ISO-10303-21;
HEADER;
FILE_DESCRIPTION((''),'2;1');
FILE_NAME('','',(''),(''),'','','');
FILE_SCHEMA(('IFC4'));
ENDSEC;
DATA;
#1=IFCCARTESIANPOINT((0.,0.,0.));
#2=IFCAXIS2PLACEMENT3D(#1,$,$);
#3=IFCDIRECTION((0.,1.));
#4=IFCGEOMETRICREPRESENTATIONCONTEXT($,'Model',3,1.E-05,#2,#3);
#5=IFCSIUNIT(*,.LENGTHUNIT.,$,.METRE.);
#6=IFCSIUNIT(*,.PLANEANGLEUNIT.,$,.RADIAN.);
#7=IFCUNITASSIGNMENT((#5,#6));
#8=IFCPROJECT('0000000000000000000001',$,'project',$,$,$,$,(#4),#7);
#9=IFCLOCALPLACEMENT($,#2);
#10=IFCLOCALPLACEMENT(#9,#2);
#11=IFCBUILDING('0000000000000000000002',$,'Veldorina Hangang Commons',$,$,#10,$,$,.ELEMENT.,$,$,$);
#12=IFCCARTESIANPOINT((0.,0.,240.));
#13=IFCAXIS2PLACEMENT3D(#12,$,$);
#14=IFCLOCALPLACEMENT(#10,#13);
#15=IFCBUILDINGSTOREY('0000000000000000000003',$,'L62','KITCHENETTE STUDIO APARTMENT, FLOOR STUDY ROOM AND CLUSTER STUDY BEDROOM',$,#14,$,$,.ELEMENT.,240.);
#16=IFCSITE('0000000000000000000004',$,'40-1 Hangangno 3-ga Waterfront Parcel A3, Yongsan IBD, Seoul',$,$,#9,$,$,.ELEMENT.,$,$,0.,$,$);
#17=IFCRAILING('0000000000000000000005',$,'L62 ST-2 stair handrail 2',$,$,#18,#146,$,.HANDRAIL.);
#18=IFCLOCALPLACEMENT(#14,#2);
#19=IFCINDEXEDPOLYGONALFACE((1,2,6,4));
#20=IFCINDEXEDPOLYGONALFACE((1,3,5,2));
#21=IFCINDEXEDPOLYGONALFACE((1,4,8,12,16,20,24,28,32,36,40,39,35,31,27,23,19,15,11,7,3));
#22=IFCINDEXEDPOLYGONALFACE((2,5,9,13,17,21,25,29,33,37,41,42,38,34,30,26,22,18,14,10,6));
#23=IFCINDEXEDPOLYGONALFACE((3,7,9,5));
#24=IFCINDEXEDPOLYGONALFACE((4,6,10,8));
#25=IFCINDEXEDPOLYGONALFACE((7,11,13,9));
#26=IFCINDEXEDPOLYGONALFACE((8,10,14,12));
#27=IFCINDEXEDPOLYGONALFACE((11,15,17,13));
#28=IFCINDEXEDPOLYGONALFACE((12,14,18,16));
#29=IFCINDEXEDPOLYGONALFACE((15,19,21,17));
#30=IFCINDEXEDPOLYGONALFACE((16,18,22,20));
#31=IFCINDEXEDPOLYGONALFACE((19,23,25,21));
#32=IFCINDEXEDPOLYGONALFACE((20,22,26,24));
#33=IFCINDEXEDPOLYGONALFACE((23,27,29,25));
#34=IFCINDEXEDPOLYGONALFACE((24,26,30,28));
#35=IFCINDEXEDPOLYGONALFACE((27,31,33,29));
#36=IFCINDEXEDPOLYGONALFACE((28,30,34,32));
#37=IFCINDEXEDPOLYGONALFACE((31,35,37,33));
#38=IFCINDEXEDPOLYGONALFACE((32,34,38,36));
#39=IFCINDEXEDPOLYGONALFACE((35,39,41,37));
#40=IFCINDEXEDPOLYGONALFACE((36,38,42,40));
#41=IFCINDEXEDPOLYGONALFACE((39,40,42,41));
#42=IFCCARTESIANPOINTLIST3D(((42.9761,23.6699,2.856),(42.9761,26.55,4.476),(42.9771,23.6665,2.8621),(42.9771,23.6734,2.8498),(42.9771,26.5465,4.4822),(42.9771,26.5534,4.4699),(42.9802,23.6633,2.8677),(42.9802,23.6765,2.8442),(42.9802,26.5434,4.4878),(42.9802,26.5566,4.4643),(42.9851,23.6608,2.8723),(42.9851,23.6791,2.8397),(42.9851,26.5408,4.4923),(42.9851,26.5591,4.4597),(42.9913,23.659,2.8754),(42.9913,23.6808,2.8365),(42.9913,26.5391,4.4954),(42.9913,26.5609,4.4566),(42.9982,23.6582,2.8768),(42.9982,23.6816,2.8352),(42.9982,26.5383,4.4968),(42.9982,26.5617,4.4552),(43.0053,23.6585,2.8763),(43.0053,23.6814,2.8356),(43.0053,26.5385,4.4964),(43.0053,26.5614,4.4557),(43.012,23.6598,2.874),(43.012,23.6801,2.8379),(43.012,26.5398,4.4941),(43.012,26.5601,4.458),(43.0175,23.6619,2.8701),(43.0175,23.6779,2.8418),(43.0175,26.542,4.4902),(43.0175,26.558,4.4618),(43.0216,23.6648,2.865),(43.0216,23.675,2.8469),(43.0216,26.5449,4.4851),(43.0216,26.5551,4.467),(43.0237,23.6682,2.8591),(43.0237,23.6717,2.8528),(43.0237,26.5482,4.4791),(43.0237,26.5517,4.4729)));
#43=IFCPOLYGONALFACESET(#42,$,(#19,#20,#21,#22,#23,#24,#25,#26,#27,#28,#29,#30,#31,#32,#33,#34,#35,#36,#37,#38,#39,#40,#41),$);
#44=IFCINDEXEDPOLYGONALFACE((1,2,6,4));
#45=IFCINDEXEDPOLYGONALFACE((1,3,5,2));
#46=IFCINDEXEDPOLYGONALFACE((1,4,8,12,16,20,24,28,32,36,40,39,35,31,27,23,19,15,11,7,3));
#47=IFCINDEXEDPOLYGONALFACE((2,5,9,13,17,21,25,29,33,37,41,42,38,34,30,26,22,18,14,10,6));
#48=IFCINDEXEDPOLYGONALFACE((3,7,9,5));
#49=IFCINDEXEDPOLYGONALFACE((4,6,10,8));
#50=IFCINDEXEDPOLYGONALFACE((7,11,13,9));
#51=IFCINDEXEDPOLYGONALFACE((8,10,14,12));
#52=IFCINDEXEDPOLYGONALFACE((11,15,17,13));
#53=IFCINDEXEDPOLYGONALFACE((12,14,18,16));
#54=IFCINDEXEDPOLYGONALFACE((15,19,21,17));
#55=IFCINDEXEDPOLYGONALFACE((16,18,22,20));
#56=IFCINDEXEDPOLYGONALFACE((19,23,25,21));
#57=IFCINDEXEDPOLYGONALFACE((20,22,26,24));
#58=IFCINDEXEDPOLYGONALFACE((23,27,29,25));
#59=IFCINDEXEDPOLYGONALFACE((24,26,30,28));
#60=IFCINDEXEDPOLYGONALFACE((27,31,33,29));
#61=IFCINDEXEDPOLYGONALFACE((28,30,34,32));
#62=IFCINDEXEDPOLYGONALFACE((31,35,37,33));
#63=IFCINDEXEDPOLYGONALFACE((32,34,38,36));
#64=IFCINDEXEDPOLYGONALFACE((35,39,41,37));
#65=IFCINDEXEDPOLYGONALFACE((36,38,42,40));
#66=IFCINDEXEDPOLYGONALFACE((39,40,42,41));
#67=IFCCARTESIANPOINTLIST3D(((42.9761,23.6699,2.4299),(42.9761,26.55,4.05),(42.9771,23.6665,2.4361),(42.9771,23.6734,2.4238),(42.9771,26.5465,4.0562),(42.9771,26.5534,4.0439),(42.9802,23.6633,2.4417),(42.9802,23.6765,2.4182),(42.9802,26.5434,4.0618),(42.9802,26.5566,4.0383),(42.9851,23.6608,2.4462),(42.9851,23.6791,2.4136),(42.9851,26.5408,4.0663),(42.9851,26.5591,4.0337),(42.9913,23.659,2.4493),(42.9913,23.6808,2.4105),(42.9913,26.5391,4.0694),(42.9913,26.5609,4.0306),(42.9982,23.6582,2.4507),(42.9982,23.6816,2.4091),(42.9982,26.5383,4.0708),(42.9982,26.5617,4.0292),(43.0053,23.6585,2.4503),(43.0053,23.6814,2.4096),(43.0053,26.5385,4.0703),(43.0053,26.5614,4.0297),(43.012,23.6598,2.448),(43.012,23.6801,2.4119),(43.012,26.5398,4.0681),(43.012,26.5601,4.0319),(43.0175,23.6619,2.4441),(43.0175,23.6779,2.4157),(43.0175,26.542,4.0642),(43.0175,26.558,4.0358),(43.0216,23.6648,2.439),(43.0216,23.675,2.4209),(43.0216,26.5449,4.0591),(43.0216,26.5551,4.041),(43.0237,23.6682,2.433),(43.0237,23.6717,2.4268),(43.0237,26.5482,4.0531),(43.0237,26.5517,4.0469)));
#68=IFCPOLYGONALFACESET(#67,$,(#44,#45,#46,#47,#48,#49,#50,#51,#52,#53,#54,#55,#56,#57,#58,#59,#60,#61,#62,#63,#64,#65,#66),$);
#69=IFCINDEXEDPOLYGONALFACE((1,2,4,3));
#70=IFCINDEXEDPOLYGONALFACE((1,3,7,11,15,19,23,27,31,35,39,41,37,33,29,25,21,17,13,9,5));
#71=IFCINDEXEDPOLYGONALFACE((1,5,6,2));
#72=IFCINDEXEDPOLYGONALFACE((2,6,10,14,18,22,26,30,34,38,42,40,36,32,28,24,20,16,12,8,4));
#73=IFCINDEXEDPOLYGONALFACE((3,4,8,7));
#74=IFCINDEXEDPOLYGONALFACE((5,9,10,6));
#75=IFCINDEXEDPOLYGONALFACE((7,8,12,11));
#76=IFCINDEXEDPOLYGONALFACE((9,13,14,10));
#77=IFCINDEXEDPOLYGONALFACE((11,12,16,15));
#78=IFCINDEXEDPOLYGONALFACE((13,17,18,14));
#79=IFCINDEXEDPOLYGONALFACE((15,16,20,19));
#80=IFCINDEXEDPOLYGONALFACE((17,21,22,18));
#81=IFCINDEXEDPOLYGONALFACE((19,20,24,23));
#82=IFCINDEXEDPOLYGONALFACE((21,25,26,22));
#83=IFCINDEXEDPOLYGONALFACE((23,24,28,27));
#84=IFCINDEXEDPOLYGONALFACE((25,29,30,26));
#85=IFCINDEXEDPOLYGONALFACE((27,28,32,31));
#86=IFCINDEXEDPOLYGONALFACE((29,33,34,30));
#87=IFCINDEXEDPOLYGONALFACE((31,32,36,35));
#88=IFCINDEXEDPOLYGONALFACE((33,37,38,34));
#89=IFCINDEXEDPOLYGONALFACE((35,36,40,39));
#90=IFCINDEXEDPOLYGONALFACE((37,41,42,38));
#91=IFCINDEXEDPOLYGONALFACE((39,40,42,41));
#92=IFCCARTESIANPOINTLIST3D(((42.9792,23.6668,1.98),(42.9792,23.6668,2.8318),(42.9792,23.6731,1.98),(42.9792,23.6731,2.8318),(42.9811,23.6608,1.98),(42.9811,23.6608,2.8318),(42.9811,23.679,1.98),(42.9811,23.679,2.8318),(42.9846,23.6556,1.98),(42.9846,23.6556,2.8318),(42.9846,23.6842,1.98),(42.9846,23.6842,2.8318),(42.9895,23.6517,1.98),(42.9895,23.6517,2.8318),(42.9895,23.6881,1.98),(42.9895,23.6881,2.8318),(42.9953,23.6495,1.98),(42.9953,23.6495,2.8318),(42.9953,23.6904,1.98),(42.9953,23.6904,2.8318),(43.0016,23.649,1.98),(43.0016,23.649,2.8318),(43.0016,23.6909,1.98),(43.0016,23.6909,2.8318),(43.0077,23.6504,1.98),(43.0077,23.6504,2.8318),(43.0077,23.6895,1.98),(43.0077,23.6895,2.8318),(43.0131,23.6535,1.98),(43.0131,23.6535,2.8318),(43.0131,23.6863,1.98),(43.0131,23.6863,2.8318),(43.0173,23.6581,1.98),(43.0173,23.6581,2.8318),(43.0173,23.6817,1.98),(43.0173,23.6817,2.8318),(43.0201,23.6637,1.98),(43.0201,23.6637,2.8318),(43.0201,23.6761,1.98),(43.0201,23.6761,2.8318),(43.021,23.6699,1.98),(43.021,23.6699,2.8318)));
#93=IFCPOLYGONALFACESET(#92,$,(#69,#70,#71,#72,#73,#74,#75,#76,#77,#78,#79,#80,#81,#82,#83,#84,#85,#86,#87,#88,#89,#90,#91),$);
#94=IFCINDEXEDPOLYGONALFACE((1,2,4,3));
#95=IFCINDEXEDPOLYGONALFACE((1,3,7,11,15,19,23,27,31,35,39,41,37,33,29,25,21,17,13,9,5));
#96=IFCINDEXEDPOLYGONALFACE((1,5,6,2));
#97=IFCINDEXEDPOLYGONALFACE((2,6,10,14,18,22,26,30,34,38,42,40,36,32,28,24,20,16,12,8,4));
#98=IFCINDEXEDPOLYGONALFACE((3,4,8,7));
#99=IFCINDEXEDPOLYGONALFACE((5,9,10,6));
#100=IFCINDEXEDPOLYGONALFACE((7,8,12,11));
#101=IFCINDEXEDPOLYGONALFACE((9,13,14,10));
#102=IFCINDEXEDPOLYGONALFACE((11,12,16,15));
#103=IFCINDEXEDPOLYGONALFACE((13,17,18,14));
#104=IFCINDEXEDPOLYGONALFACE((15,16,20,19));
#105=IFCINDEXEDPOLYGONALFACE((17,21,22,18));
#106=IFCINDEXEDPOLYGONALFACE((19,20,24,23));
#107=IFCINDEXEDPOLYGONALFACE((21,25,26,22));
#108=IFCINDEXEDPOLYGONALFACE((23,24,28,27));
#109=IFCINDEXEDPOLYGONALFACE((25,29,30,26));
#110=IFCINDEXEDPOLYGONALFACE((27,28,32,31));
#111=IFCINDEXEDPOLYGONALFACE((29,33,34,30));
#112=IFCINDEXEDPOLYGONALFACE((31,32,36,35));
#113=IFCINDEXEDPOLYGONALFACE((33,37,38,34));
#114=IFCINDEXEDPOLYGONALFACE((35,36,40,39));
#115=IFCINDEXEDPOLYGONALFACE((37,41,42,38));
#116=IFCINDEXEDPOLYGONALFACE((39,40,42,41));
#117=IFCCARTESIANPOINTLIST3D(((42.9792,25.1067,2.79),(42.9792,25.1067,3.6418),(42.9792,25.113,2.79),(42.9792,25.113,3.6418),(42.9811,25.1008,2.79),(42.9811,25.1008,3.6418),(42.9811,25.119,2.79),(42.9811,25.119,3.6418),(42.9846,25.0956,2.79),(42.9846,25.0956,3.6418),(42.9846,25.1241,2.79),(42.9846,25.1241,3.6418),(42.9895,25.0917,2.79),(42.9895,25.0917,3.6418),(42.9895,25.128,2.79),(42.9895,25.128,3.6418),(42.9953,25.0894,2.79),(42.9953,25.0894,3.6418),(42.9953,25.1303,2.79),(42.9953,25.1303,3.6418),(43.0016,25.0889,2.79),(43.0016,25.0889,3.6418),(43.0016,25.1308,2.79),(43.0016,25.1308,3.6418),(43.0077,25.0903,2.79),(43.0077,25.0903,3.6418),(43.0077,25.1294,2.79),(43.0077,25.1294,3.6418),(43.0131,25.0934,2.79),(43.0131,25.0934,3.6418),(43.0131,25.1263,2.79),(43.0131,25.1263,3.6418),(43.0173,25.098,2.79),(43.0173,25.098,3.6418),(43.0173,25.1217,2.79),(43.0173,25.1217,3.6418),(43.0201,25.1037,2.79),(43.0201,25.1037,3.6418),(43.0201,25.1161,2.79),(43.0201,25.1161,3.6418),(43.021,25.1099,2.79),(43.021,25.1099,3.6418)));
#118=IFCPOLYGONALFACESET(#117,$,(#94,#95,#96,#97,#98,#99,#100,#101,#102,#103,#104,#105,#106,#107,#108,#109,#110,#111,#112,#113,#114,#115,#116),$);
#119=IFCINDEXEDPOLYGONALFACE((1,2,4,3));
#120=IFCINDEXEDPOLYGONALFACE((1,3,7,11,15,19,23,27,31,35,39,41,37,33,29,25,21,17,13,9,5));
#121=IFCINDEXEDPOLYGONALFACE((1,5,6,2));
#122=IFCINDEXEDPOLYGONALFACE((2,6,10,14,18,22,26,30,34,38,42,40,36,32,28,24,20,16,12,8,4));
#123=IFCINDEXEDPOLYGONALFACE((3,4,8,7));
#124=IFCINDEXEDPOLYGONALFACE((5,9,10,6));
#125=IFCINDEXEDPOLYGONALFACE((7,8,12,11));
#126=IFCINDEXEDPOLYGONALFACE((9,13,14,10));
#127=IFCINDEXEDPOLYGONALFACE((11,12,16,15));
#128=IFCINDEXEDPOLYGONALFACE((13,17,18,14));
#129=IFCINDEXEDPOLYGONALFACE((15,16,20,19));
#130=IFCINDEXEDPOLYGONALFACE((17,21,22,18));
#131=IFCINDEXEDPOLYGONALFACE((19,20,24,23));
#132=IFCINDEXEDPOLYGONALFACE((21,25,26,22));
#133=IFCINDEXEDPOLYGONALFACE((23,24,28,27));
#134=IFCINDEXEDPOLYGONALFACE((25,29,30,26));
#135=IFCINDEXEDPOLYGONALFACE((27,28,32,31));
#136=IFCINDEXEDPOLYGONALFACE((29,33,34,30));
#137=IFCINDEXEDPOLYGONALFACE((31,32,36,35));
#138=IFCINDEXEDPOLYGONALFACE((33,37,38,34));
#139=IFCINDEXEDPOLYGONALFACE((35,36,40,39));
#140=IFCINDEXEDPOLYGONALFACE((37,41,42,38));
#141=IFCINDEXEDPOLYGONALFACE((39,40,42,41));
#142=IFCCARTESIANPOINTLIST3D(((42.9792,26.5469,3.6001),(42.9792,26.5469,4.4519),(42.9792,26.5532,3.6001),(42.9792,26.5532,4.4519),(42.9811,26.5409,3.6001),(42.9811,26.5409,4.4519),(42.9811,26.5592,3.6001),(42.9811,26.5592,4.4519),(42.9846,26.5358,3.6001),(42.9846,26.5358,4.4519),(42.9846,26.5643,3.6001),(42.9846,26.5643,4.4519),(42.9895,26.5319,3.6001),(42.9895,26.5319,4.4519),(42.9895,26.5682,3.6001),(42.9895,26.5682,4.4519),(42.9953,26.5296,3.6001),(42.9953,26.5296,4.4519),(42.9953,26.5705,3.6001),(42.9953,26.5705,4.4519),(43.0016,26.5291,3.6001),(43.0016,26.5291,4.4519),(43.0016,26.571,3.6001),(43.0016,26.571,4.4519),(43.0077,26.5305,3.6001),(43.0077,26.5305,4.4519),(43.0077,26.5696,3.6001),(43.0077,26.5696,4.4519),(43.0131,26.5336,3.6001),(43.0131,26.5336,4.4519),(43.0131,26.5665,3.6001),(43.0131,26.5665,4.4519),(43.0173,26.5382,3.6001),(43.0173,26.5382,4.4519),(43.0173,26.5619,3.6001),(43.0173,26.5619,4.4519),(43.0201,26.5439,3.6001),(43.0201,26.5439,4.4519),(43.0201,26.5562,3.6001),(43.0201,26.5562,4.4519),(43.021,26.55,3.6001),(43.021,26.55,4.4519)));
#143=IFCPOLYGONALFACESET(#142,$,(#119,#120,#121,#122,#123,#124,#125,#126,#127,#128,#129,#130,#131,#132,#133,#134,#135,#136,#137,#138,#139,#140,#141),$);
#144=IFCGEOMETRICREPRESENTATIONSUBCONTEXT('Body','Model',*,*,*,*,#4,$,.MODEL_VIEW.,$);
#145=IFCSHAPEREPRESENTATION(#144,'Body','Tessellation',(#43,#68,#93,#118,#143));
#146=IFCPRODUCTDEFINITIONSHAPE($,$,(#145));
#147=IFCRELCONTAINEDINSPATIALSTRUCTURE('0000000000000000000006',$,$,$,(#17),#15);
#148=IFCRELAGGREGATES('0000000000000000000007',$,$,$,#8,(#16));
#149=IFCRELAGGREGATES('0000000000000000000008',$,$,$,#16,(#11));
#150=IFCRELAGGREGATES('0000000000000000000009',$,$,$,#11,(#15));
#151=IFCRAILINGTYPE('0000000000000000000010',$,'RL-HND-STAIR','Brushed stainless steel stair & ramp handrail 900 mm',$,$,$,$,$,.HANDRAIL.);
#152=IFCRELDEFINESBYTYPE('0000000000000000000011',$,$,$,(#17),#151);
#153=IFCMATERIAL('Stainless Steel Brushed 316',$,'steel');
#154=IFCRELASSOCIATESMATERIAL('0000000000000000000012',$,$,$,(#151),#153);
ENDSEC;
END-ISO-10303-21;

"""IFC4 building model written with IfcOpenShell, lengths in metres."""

from ifc_helpers import new_model, si_unit, direction, frame, origin, origin_2d, place, context, subcontext, project, spatial, circle, extrude, material, type_object, element, save


model = new_model("IFC4")

# Units and contexts
model_context = context("Model", 3, precision=1e-05, world=origin(), true_north=direction((0.0, 1.0)))
body_context = subcontext(model_context, "Body", "Model", "MODEL_VIEW")
ifc_project = project(units=[si_unit("LENGTHUNIT", "METRE"), si_unit("PLANEANGLEUNIT", "RADIAN")], contexts=[model_context])

# Site, building, storey
site_placement = place(None, origin())
site = spatial("IfcSite", under=ifc_project, at=site_placement, Name="40-1 Hangangno 3-ga Waterfront Parcel A3, Yongsan IBD, Seoul", CompositionType="ELEMENT", RefElevation=0.0)
building_placement = place(site_placement, origin())
building = spatial("IfcBuilding", under=site, at=building_placement, Name="Veldorina Hangang Commons", CompositionType="ELEMENT")
storey_placement = place(building_placement, frame((0.0, 0.0, 240.0)))
storey = spatial("IfcBuildingStorey", under=building, at=storey_placement, Name="L62", Description="KITCHENETTE STUDIO APARTMENT, FLOOR STUDY ROOM AND CLUSTER STUDY BEDROOM", CompositionType="ELEMENT", Elevation=240.0)

# Railing
ifc_material_1 = material(Name="Stainless Steel Brushed 316", Category="steel")
railing_type_1 = type_object("IfcRailingType", Name="RL-HND-STAIR", Description="Brushed stainless steel stair & ramp handrail 900 mm", PredefinedType="HANDRAIL", material=ifc_material_1)
railing_1_placement = place(storey_placement, frame((43.0, 23.6699, 1.98)))
element("IfcRailing", 1, at=railing_1_placement, inside=storey, type_object=railing_type_1, Name="L62 ST-2 stair handrail 2", PredefinedType="HANDRAIL", context=body_context, shape_type="SweptSolid", body=[
    extrude(circle(Radius=0.0239, at=origin_2d()), frame((0.0, 0.0, 0.876), z_axis=(0.0, 0.87157, 0.490272), x_axis=(-1.0, 0.0, 0.0)), (0.0, 0.0, 1.0), 3.3044),
    extrude(circle(Radius=0.0239, at=origin_2d()), frame((0.0, 0.0, 0.45), z_axis=(0.0, 0.87157, 0.490272), x_axis=(-1.0, 0.0, 0.0)), (0.0, 0.0, 1.0), 3.3044),
    extrude(circle(Radius=0.021, at=origin_2d()), origin(), (0.0, 0.0, 1.0), 0.8518),
    extrude(circle(Radius=0.021, at=origin_2d()), frame((0.0, 1.4399, 0.8101)), (0.0, 0.0, 1.0), 0.8518),
    extrude(circle(Radius=0.021, at=origin_2d()), frame((0.0, 2.8801, 1.6201)), (0.0, 0.0, 1.0), 0.8518),
])

save(model, "model.ifc")
